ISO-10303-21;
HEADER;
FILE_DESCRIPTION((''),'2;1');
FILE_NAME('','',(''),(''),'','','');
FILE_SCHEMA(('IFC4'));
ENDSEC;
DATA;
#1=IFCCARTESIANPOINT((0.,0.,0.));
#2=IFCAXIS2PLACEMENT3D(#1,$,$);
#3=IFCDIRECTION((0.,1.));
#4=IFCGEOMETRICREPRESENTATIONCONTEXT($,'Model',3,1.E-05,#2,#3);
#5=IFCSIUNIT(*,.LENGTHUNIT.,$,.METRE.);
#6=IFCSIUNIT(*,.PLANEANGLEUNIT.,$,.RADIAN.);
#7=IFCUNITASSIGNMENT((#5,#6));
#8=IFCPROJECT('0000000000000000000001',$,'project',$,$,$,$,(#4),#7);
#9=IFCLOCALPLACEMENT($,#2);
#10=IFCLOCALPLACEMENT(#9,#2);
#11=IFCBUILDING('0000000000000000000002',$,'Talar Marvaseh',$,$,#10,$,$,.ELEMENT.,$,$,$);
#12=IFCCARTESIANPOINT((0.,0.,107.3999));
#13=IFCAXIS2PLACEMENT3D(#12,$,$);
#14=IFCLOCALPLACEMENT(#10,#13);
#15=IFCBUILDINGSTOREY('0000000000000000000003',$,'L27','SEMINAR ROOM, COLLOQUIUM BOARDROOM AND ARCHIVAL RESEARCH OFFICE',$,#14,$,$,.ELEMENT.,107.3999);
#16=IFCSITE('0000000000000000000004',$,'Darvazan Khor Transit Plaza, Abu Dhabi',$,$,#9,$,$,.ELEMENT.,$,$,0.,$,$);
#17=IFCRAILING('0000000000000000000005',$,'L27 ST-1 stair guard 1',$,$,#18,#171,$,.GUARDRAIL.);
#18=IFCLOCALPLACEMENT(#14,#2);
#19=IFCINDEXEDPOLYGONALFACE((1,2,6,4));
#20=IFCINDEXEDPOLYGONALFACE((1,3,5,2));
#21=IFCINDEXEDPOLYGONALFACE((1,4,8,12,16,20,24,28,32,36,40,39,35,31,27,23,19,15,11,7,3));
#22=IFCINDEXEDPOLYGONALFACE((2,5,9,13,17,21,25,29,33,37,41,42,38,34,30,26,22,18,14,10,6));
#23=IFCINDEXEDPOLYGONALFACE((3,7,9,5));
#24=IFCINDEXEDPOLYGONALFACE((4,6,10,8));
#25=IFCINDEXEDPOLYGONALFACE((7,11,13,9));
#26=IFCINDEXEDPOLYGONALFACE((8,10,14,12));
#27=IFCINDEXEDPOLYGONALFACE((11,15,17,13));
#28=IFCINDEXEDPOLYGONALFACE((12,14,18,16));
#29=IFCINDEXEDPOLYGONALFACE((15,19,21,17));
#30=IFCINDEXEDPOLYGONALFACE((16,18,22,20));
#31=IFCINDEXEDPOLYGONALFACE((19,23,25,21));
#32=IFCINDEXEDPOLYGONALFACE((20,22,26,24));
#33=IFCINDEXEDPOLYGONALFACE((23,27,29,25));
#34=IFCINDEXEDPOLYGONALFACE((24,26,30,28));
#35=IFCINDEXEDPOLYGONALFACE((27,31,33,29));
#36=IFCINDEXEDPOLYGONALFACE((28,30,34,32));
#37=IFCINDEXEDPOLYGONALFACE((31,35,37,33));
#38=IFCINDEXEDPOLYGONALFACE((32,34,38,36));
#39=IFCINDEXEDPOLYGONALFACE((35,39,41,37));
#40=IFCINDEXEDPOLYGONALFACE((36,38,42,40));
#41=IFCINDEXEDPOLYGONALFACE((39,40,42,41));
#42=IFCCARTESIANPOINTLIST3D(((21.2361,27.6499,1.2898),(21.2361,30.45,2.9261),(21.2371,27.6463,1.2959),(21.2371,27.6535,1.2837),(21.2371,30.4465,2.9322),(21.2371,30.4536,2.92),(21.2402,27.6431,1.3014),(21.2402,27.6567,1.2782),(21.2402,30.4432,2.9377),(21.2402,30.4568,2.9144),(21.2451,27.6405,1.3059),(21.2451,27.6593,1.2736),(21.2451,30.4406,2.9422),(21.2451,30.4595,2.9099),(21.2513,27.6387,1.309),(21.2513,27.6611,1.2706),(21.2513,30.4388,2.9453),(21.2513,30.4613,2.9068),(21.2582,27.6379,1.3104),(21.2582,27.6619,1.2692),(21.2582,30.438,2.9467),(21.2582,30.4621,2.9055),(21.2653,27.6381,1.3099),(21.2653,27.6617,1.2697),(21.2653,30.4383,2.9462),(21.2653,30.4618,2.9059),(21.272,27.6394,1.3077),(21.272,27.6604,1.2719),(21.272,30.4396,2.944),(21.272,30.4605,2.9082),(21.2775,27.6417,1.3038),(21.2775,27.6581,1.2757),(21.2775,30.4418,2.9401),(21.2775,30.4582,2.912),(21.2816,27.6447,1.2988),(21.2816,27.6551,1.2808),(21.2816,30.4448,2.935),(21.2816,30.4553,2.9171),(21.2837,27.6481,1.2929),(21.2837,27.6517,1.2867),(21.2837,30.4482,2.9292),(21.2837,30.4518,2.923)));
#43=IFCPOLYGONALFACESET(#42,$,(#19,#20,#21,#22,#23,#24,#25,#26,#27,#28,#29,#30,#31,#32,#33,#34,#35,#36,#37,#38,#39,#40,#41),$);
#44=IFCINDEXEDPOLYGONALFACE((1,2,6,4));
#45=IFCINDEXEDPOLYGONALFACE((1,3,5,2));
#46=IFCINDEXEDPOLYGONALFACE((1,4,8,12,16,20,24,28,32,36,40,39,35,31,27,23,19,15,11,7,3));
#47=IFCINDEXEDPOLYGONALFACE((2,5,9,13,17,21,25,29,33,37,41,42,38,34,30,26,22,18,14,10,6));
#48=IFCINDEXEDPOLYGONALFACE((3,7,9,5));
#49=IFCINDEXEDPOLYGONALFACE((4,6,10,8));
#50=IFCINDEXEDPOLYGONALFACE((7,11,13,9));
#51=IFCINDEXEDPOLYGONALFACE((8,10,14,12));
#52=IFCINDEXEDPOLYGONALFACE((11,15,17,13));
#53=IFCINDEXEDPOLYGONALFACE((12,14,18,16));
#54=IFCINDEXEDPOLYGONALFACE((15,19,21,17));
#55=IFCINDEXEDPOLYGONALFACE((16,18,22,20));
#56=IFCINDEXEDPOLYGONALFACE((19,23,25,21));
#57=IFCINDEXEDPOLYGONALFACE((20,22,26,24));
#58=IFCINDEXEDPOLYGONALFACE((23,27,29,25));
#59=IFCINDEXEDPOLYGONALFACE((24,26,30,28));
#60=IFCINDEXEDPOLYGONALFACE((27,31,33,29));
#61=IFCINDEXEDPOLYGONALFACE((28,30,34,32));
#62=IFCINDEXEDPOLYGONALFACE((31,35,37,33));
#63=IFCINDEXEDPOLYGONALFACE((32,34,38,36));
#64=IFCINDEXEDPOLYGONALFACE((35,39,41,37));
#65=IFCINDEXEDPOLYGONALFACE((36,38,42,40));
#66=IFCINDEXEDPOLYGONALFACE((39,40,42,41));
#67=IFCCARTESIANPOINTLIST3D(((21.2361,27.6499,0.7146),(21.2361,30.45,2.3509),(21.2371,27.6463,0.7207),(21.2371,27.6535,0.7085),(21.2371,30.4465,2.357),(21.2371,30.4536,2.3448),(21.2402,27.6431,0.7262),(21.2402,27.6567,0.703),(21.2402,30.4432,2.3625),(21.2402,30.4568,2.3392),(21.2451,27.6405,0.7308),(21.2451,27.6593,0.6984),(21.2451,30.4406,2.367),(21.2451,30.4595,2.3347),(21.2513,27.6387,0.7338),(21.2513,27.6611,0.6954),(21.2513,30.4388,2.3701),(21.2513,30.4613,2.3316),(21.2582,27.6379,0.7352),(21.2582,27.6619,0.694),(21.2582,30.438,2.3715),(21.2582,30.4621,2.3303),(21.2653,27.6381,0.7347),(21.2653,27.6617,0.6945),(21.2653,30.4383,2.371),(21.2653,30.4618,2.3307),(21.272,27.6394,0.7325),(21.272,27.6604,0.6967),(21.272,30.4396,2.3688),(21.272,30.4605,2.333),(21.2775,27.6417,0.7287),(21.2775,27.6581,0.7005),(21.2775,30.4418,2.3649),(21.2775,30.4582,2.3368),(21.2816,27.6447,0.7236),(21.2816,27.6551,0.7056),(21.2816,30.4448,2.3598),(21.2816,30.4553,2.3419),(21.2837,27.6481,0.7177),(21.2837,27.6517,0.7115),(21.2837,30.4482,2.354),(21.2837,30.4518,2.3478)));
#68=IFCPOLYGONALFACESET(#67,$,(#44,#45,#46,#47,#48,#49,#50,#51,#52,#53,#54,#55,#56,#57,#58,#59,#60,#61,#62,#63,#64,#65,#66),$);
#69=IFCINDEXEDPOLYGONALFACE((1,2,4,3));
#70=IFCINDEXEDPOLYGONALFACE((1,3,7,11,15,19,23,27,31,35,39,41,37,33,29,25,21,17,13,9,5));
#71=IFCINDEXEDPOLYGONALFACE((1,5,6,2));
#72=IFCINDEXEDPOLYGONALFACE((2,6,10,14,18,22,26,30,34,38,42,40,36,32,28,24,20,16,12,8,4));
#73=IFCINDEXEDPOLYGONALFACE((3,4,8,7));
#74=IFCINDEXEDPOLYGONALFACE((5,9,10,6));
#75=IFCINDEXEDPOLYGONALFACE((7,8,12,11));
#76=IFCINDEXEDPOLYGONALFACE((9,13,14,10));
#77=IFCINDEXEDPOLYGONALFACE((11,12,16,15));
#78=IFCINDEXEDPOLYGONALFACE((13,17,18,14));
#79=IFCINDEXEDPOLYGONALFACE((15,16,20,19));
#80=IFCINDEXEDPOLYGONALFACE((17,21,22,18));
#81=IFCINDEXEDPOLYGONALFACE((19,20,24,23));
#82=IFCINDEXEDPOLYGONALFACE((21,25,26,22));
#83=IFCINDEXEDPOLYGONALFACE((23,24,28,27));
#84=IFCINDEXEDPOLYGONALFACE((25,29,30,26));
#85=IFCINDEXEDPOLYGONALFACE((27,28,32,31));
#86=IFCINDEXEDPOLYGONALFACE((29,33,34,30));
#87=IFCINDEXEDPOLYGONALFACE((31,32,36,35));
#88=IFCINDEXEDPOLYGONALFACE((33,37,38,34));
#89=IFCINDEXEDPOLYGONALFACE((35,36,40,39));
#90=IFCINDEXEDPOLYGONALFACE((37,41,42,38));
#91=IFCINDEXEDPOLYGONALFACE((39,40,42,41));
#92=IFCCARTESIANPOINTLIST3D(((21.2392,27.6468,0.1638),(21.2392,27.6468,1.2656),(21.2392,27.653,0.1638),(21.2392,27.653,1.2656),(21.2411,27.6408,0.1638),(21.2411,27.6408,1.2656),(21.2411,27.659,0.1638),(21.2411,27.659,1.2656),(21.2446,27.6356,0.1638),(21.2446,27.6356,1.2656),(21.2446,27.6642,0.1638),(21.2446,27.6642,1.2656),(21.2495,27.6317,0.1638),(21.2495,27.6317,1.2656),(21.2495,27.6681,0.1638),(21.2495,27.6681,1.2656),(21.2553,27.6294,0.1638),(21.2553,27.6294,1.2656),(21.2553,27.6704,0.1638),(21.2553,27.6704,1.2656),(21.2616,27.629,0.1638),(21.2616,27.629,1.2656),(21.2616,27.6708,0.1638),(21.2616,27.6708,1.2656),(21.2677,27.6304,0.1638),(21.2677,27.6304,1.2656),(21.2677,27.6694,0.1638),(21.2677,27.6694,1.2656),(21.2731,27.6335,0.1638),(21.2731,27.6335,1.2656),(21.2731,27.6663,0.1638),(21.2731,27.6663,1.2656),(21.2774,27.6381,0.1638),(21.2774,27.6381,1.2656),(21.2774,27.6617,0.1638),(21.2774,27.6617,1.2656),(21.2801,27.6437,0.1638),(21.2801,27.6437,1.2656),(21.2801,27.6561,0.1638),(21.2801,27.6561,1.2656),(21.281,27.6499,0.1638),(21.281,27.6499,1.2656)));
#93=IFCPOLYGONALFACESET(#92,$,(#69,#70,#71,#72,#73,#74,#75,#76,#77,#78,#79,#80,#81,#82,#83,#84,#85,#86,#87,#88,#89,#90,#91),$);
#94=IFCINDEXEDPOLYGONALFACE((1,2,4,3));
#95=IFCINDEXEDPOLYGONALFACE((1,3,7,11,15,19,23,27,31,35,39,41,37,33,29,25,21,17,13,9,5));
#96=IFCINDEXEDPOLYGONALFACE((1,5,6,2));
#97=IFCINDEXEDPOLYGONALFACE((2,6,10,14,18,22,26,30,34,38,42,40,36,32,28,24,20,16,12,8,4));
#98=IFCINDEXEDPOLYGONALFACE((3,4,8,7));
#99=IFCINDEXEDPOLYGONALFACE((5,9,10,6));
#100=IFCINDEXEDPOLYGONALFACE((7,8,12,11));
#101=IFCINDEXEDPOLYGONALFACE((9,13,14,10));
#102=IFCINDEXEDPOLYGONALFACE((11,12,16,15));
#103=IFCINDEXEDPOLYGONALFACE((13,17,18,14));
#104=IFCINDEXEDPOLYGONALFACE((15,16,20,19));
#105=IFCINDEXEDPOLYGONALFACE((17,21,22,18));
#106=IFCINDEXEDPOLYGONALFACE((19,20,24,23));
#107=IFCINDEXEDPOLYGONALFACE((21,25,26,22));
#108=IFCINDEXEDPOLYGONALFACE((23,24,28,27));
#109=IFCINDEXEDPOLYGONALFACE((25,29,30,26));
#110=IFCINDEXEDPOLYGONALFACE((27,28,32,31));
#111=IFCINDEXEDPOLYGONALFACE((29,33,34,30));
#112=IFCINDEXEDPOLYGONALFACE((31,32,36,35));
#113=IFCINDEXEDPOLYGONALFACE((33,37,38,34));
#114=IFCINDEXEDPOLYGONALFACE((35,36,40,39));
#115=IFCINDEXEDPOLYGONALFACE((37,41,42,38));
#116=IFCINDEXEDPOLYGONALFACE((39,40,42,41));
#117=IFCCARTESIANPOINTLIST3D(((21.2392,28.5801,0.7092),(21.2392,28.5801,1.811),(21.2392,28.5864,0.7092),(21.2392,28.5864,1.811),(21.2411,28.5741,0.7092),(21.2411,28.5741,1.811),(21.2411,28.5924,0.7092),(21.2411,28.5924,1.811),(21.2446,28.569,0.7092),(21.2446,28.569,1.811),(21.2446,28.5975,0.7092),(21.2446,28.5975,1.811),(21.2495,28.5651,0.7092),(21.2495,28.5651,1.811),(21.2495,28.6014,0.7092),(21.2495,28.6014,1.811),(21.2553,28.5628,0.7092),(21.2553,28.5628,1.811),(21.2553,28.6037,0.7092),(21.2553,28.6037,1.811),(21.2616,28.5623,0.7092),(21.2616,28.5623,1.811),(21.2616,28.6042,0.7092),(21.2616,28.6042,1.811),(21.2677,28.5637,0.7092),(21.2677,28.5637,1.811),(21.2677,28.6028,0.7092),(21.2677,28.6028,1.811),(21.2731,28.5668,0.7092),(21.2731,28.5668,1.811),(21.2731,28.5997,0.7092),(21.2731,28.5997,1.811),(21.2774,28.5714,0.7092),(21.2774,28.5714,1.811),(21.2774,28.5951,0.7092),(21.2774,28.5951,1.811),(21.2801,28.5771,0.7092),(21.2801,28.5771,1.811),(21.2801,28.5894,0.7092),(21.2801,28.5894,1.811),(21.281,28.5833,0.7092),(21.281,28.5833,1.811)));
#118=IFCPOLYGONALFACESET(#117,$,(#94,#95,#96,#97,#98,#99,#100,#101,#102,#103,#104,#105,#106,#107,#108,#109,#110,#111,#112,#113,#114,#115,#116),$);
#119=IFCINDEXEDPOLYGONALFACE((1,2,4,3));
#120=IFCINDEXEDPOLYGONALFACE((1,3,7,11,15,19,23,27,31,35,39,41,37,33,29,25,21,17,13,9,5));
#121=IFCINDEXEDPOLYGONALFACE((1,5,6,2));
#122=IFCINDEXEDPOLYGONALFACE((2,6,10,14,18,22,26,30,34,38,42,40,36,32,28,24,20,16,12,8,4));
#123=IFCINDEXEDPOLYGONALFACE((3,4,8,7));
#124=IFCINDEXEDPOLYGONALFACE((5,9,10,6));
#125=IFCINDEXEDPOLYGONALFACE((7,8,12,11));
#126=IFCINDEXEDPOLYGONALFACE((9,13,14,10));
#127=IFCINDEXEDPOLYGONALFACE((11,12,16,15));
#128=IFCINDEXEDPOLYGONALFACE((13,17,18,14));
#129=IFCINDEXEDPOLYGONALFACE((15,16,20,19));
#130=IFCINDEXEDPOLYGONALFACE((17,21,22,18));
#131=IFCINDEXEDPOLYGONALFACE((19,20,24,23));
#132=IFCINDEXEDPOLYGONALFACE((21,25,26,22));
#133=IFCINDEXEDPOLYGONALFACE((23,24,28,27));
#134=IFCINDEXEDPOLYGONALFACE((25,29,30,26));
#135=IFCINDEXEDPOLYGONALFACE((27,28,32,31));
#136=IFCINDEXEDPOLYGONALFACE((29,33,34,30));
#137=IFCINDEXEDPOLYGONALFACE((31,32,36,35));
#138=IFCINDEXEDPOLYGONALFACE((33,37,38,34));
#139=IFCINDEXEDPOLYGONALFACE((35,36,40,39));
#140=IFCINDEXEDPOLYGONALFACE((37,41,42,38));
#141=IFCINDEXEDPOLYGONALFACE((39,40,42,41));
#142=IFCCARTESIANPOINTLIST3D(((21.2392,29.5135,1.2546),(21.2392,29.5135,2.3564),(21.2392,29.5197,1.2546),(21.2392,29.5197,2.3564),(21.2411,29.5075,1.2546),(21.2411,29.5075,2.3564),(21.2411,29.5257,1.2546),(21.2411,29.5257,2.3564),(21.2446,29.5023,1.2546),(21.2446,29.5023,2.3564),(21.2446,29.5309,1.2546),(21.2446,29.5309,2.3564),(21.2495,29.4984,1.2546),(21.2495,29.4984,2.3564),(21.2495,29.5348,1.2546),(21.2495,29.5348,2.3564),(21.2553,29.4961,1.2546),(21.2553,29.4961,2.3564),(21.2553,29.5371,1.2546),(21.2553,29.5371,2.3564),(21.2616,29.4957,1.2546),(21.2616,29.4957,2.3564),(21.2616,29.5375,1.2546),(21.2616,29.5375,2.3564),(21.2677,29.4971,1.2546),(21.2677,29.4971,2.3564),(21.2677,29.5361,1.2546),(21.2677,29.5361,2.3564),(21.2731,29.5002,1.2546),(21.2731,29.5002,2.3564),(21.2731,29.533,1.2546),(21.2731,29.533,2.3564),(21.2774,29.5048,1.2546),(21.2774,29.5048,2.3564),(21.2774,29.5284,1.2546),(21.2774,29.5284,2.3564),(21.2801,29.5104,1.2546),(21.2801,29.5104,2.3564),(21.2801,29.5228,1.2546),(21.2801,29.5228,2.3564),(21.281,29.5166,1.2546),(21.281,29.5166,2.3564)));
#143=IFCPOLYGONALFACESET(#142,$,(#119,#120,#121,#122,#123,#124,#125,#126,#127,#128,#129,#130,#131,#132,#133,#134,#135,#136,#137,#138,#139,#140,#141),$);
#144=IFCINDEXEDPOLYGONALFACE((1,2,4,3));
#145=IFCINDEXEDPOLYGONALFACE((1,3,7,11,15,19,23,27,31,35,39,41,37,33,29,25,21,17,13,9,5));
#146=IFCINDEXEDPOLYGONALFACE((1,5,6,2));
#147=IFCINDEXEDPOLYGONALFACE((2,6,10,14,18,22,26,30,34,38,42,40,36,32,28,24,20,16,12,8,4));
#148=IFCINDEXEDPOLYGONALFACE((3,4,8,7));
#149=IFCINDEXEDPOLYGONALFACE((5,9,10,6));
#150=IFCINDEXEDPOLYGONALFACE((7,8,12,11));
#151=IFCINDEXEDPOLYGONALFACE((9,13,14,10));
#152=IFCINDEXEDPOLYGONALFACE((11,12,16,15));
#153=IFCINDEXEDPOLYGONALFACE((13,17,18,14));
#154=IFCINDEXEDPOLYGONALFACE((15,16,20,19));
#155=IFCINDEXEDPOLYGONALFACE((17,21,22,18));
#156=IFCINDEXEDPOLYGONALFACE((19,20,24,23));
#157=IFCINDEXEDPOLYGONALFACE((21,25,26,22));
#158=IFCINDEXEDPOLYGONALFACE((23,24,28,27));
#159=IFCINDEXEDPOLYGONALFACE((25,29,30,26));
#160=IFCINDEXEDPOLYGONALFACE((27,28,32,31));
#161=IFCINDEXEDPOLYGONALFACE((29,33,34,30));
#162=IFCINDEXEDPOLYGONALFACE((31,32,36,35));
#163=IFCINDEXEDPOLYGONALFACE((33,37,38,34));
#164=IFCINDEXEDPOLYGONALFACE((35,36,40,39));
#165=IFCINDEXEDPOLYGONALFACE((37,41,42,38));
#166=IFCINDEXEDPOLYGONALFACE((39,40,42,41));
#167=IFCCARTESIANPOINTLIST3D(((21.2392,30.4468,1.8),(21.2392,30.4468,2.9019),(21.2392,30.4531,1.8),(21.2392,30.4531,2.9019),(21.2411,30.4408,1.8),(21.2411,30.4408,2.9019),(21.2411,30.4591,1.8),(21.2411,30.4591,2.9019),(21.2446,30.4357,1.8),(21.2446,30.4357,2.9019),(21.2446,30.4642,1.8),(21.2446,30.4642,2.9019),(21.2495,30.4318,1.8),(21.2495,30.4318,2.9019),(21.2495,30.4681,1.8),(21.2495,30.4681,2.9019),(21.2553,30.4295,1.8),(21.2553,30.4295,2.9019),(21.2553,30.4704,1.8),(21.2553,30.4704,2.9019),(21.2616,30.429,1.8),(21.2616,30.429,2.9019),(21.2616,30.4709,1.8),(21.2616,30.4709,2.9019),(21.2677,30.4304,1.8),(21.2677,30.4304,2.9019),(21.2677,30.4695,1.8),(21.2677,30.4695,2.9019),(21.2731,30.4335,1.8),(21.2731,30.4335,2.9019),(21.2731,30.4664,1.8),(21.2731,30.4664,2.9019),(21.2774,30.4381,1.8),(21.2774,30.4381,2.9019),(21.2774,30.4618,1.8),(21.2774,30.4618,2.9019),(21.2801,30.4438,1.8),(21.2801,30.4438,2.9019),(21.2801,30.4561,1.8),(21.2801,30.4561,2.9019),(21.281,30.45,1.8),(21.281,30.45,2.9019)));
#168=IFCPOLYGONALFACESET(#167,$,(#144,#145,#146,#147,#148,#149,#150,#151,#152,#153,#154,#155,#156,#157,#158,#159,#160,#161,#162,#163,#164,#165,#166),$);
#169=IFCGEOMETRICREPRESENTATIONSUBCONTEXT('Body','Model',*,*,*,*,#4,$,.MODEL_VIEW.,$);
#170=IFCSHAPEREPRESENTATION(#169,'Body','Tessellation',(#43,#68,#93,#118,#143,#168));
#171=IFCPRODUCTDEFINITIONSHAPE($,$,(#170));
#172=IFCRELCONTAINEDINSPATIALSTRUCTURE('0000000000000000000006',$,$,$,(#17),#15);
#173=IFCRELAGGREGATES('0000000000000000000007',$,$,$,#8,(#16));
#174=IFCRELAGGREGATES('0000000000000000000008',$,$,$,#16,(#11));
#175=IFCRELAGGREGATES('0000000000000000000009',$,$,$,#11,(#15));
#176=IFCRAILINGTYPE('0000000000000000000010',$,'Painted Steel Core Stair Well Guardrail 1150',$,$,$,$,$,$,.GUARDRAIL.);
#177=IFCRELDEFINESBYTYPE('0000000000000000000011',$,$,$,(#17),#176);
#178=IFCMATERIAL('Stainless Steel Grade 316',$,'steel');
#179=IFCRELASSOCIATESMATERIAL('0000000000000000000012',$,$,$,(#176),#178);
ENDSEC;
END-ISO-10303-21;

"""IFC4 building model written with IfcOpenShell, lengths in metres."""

from ifc_helpers import new_model, si_unit, direction, frame, origin, origin_2d, place, context, subcontext, project, spatial, circle, extrude, material, type_object, element, save


model = new_model("IFC4")

# Units and contexts
model_context = context("Model", 3, precision=1e-05, world=origin(), true_north=direction((0.0, 1.0)))
body_context = subcontext(model_context, "Body", "Model", "MODEL_VIEW")
ifc_project = project(units=[si_unit("LENGTHUNIT", "METRE"), si_unit("PLANEANGLEUNIT", "RADIAN")], contexts=[model_context])

# Site, building, storey
site_placement = place(None, origin())
site = spatial("IfcSite", under=ifc_project, at=site_placement, Name="Darvazan Khor Transit Plaza, Abu Dhabi", CompositionType="ELEMENT", RefElevation=0.0)
building_placement = place(site_placement, origin())
building = spatial("IfcBuilding", under=site, at=building_placement, Name="Talar Marvaseh", CompositionType="ELEMENT")
storey_placement = place(building_placement, frame((0.0, 0.0, 107.3999)))
storey = spatial("IfcBuildingStorey", under=building, at=storey_placement, Name="L27", Description="SEMINAR ROOM, COLLOQUIUM BOARDROOM AND ARCHIVAL RESEARCH OFFICE", CompositionType="ELEMENT", Elevation=107.3999)

# Railing
ifc_material_1 = material(Name="Stainless Steel Grade 316", Category="steel")
railing_type_1 = type_object("IfcRailingType", Name="Painted Steel Core Stair Well Guardrail 1150", PredefinedType="GUARDRAIL", material=ifc_material_1)
railing_1_placement = place(storey_placement, frame((21.26, 27.6499, 0.1638)))
element("IfcRailing", 1, at=railing_1_placement, inside=storey, type_object=railing_type_1, Name="L27 ST-1 stair guard 1", PredefinedType="GUARDRAIL", context=body_context, shape_type="SweptSolid", body=[
    extrude(circle(Radius=0.0239, at=origin_2d()), frame((0.0, 0.0, 1.126), z_axis=(0.0, 0.863394, 0.504531), x_axis=(-1.0, 0.0, 0.0)), (0.0, 0.0, 1.0), 3.2432),
    extrude(circle(Radius=0.0239, at=origin_2d()), frame((0.0, 0.0, 0.5508), z_axis=(0.0, 0.863394, 0.504531), x_axis=(-1.0, 0.0, 0.0)), (0.0, 0.0, 1.0), 3.2432),
    extrude(circle(Radius=0.021, at=origin_2d()), origin(), (0.0, 0.0, 1.0), 1.1018),
    extrude(circle(Radius=0.021, at=origin_2d()), frame((0.0, 0.9333, 0.5454)), (0.0, 0.0, 1.0), 1.1018),
    extrude(circle(Radius=0.021, at=origin_2d()), frame((0.0, 1.8667, 1.0908)), (0.0, 0.0, 1.0), 1.1018),
    extrude(circle(Radius=0.021, at=origin_2d()), frame((0.0, 2.8, 1.6362)), (0.0, 0.0, 1.0), 1.1018),
])

save(model, "model.ifc")
